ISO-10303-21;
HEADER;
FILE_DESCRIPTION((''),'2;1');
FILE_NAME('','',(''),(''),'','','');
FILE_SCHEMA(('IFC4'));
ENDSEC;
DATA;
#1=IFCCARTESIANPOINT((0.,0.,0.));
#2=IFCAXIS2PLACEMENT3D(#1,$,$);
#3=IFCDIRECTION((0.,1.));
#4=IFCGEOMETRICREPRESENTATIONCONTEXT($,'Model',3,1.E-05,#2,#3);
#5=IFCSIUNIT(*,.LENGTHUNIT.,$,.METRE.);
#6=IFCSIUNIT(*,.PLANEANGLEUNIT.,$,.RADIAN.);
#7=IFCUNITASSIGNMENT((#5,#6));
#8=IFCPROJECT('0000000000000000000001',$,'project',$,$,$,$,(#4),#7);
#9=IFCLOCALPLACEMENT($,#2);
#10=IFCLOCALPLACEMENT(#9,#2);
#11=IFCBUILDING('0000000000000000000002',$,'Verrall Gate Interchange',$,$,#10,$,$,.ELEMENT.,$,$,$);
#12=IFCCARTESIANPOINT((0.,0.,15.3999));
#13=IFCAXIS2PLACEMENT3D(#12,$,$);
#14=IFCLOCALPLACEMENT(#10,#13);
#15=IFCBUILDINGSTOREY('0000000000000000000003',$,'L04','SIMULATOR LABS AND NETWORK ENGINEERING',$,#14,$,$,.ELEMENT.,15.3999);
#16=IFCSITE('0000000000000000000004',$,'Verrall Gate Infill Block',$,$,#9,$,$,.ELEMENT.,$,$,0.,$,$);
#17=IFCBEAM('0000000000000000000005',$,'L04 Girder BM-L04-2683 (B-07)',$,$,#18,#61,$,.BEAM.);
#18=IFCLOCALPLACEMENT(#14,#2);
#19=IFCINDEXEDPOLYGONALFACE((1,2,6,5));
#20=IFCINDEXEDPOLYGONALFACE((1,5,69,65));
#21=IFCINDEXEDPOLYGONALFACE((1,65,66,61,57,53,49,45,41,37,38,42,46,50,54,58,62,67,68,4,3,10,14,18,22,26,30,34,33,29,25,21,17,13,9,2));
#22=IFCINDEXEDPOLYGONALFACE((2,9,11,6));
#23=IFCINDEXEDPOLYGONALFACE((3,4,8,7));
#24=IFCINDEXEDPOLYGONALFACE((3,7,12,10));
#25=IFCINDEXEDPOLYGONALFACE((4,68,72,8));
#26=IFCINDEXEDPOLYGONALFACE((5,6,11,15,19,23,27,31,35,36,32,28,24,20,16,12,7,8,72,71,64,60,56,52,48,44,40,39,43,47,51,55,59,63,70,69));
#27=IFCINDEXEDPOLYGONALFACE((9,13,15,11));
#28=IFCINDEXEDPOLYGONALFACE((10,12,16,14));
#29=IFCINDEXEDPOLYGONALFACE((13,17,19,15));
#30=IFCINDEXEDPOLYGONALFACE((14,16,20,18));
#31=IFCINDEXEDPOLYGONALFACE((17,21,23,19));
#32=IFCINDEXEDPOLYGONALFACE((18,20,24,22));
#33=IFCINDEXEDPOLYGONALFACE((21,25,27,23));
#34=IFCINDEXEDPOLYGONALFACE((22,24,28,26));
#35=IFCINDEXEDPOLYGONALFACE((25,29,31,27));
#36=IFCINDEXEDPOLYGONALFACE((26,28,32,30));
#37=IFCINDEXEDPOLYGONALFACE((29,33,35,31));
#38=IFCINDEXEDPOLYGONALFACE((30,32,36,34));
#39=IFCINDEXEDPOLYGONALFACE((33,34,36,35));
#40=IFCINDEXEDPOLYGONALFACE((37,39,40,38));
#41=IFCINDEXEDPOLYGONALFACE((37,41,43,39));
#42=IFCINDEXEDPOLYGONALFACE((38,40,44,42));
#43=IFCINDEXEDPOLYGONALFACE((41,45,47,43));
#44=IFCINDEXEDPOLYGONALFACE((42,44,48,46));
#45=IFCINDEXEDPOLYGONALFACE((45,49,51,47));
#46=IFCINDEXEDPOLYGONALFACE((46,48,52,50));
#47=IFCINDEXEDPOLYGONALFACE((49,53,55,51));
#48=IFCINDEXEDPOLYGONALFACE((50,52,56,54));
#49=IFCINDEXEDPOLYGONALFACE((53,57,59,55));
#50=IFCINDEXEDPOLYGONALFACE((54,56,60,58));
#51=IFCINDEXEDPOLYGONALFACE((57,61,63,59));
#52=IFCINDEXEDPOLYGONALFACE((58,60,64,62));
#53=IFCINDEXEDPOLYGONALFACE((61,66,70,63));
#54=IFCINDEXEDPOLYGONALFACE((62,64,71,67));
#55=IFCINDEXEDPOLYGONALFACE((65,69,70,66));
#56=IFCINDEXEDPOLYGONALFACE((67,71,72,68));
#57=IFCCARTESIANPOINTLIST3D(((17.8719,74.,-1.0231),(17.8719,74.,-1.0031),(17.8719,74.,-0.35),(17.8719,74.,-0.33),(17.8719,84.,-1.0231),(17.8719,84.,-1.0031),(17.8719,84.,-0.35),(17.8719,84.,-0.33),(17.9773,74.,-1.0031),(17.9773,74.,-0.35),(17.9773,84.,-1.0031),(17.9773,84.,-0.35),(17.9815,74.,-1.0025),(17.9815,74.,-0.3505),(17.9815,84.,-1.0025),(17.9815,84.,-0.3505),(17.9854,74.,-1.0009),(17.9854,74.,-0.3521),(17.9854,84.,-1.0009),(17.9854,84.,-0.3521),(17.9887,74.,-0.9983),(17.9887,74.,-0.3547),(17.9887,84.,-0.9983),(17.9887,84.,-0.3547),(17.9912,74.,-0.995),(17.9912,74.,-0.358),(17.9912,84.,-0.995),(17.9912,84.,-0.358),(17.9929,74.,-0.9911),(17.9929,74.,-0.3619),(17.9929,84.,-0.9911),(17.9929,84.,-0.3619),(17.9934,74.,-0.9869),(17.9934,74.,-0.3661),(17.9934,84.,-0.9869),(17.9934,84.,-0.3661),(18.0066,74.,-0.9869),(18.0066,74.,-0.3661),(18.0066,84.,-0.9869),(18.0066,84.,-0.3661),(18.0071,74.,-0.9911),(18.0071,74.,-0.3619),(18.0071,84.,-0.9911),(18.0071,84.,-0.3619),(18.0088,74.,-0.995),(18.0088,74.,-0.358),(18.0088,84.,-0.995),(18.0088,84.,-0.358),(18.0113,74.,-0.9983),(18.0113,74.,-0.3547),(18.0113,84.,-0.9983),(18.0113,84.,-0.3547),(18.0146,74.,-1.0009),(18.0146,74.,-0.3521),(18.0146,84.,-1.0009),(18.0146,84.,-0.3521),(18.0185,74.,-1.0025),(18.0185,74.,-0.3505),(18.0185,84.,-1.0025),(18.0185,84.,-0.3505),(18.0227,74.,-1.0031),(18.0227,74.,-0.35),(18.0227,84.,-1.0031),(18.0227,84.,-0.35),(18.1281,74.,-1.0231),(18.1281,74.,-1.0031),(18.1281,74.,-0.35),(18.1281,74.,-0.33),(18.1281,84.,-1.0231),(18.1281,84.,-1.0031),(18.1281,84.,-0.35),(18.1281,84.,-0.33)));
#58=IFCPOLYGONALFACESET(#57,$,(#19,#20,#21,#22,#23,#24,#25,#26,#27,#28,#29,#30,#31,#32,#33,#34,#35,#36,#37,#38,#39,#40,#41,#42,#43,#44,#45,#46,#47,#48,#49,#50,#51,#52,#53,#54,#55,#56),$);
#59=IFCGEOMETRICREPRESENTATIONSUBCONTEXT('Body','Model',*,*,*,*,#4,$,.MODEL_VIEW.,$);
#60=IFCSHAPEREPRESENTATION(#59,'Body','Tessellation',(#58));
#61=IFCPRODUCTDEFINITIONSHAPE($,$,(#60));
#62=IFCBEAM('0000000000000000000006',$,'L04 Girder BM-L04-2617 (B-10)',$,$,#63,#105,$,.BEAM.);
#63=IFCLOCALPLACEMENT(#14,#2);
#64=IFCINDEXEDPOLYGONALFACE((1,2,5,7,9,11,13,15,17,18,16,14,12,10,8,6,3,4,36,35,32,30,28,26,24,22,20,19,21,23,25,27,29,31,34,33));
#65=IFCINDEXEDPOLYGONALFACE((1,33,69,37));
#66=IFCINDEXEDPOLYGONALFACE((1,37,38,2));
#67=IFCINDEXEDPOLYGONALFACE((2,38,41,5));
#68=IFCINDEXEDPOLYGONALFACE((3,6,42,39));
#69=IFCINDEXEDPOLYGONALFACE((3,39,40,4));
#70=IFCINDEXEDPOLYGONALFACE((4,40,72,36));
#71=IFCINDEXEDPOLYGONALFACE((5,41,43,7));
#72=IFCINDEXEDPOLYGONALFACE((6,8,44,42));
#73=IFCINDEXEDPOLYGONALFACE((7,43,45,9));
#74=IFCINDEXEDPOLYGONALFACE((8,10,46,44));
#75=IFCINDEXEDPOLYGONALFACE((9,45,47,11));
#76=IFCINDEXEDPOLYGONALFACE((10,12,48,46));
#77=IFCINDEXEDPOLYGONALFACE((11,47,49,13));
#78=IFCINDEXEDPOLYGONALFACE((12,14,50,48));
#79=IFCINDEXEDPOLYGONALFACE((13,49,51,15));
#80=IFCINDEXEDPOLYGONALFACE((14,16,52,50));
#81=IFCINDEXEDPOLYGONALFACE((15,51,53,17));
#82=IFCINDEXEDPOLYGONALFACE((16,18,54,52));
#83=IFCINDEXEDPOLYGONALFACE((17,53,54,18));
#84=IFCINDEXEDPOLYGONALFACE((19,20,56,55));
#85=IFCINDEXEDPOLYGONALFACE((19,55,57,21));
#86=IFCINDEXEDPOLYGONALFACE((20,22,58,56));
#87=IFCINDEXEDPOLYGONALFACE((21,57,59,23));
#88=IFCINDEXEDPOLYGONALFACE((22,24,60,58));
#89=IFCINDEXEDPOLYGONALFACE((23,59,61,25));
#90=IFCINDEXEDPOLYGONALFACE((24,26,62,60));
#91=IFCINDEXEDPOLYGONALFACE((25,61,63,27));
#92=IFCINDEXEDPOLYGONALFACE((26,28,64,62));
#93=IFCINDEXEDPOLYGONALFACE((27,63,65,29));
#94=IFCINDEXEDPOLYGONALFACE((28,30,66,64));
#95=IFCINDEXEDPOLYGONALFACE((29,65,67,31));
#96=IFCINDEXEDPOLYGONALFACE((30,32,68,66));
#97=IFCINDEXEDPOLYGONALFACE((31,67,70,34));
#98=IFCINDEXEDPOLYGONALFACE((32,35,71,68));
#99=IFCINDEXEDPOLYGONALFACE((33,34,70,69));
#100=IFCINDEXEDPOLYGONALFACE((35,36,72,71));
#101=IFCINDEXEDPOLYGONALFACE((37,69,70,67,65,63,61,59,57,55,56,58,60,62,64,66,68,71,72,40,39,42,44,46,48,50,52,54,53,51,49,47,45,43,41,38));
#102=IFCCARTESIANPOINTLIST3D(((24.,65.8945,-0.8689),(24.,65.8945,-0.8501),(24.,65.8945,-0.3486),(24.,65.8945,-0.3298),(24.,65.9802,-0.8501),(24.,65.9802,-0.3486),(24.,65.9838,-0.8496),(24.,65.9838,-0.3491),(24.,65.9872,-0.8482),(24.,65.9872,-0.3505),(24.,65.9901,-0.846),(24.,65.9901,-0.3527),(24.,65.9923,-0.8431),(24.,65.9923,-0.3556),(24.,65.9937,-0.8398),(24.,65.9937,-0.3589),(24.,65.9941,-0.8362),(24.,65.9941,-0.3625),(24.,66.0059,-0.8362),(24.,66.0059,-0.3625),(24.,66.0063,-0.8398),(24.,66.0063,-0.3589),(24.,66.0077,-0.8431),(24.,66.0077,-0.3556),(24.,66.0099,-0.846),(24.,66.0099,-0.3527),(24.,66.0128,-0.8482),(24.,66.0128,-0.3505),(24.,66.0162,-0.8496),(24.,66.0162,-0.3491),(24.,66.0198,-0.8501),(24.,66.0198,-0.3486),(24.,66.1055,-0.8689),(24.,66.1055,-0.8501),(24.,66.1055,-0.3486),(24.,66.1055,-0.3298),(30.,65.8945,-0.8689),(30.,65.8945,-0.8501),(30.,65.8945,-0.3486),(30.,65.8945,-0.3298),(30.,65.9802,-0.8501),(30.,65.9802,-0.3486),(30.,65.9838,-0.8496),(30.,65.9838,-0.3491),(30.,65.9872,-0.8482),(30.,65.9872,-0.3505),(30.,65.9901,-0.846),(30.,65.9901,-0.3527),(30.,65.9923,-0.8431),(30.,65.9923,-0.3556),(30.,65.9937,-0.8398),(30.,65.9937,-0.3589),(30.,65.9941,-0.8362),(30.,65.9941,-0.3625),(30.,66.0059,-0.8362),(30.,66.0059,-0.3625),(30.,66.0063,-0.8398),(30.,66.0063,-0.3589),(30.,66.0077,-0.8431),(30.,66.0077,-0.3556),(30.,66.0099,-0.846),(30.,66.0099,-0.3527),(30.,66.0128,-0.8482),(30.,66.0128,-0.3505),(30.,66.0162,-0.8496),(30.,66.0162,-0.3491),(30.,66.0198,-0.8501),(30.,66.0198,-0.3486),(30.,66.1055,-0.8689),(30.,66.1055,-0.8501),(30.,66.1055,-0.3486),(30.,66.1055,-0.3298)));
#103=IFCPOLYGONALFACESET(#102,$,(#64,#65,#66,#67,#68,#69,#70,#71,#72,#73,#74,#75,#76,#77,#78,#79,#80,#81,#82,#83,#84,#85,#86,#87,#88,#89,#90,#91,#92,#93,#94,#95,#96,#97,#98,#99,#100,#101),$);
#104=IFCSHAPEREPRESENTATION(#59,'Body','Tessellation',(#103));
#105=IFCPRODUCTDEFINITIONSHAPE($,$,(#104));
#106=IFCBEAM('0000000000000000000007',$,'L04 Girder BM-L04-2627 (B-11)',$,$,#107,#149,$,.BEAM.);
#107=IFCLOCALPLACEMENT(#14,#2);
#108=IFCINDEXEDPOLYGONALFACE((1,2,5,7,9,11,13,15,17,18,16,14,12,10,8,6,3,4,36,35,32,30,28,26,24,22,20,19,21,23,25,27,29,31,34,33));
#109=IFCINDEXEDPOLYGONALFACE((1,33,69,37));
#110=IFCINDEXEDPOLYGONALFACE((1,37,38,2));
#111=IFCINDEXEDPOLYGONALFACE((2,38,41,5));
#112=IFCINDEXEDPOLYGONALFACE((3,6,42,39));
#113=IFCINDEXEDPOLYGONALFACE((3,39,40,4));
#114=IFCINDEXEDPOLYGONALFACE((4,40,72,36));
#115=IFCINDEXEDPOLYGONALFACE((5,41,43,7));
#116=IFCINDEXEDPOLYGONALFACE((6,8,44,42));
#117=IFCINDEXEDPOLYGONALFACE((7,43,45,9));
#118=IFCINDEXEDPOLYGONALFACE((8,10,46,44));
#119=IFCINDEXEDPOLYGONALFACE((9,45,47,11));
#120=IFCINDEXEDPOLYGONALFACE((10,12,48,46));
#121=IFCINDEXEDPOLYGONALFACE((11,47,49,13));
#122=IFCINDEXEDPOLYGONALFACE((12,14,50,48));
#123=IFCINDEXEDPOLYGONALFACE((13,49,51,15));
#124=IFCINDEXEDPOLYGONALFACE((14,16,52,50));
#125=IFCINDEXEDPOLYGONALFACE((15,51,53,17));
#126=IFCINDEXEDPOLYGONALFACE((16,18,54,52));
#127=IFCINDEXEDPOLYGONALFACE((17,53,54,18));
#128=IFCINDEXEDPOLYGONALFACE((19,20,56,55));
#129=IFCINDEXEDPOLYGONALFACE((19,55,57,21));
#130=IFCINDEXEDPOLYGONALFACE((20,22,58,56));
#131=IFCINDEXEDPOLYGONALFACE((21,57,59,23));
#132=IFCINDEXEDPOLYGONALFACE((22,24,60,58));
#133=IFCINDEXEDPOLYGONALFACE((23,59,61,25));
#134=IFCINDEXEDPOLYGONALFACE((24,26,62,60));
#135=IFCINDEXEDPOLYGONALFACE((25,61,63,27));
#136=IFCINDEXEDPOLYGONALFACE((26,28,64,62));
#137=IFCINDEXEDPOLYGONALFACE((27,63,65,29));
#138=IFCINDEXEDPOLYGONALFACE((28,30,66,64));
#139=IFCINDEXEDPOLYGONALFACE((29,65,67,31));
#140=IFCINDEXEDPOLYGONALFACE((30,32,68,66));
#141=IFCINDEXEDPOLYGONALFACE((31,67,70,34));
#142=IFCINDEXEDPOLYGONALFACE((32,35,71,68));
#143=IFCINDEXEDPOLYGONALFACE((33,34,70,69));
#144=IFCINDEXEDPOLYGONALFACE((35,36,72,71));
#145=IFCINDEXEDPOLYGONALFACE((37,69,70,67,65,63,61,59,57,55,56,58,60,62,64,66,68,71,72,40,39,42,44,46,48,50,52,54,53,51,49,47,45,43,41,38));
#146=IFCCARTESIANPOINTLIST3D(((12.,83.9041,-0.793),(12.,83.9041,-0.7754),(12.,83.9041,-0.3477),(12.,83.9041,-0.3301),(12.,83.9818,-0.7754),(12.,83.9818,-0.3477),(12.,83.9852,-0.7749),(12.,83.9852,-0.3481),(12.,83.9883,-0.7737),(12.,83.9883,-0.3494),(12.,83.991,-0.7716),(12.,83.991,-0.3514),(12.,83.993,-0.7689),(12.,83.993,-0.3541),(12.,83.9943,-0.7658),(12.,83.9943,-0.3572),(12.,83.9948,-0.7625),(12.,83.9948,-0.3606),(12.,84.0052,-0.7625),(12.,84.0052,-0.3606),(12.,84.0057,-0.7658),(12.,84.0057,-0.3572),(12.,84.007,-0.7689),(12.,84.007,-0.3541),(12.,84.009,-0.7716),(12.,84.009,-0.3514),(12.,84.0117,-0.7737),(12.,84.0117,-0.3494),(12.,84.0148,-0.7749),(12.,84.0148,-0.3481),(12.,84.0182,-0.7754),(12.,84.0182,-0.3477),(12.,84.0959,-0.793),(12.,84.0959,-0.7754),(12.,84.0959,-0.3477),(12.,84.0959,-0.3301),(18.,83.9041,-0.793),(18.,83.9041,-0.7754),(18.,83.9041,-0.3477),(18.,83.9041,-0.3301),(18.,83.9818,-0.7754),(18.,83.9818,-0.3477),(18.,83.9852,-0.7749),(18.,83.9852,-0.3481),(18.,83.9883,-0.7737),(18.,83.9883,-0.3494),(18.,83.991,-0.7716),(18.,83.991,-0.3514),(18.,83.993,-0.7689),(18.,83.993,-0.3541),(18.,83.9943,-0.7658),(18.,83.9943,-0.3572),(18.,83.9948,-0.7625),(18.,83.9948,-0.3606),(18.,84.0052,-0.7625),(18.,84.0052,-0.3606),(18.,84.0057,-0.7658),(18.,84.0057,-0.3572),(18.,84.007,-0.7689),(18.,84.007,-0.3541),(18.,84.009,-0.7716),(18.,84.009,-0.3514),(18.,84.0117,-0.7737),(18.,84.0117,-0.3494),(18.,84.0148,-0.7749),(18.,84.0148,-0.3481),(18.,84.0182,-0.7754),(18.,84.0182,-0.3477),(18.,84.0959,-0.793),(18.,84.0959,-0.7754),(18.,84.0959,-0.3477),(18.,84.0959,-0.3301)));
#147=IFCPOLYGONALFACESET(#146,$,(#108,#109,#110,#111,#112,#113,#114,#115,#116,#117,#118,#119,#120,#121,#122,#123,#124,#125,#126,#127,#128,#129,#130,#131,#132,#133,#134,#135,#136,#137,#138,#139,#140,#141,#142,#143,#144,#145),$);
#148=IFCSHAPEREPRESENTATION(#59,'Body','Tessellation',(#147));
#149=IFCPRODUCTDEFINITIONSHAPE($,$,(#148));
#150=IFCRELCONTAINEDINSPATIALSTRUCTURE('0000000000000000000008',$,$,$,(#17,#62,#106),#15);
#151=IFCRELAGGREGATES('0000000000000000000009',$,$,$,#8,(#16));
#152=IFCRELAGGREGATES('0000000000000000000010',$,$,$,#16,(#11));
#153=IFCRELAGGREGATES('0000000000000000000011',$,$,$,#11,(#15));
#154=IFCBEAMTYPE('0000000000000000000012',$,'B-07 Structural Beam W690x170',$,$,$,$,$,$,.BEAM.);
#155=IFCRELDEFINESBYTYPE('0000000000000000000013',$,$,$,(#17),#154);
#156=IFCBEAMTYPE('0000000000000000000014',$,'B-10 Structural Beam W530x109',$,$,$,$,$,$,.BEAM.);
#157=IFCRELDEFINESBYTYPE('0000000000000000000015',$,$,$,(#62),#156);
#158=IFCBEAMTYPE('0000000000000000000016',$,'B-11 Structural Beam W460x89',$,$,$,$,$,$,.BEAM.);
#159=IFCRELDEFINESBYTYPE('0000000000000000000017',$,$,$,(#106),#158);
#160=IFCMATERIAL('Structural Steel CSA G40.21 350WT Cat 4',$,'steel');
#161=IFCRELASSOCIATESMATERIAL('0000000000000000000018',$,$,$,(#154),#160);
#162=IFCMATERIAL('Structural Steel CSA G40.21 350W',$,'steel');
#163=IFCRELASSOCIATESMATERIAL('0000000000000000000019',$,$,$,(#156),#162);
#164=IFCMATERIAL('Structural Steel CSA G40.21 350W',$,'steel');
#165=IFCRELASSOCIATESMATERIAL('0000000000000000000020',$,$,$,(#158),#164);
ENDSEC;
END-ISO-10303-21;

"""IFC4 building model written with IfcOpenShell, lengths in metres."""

from ifc_helpers import new_model, si_unit, direction, frame, origin, origin_2d, place, context, subcontext, project, spatial, i_section, extrude, material, material_profile, profile_set, type_object, element, save


model = new_model("IFC4")

# Units and contexts
model_context = context("Model", 3, precision=1e-05, world=origin(), true_north=direction((0.0, 1.0)))
body_context = subcontext(model_context, "Body", "Model", "MODEL_VIEW")
ifc_project = project(units=[si_unit("LENGTHUNIT", "METRE"), si_unit("PLANEANGLEUNIT", "RADIAN")], contexts=[model_context])

# Site, building, storey
site_placement = place(None, origin())
site = spatial("IfcSite", under=ifc_project, at=site_placement, Name="Verrall Gate Infill Block", CompositionType="ELEMENT", RefElevation=0.0)
building_placement = place(site_placement, origin())
building = spatial("IfcBuilding", under=site, at=building_placement, Name="Verrall Gate Interchange", CompositionType="ELEMENT")
storey_placement = place(building_placement, frame((0.0, 0.0, 15.3999)))
storey = spatial("IfcBuildingStorey", under=building, at=storey_placement, Name="L04", Description="SIMULATOR LABS AND NETWORK ENGINEERING", CompositionType="ELEMENT", Elevation=15.3999)

# Beams
ifc_material_1 = material(Name="Structural Steel CSA G40.21 350WT Cat 4", Category="steel")
ifc_material_profile_1 = material_profile(ifc_material_1, i_section(OverallWidth=0.2561, OverallDepth=0.6931, WebThickness=0.0132, FlangeThickness=0.02, FilletRadius=0.0161, at=origin_2d()), Name="W690x170")
ifc_profile_set_1 = profile_set([ifc_material_profile_1], Name="Structural Steel CSA G40.21 350WT Cat 4")
beam_type_1 = type_object("IfcBeamType", Name="B-07 Structural Beam W690x170", PredefinedType="BEAM", material=ifc_profile_set_1)
beam_1_placement = place(storey_placement, frame((18.0, 74.0, -0.6765), z_axis=(0.0, 1.0, 0.0), x_axis=(-1.0, 0.0, 0.0)))
element("IfcBeam", 1, at=beam_1_placement, inside=storey, type_object=beam_type_1, Name="L04 Girder BM-L04-2683 (B-07)", PredefinedType="BEAM", context=body_context, shape_type="SweptSolid", body=[
    extrude(i_section(OverallWidth=0.2561, OverallDepth=0.6931, WebThickness=0.0132, FlangeThickness=0.02, FilletRadius=0.0161, at=origin_2d()), origin(), (0.0, 0.0, 1.0), 10.0),
])
ifc_material_2 = material(Name="Structural Steel CSA G40.21 350W", Category="steel")
ifc_material_profile_2 = material_profile(ifc_material_2, i_section(OverallWidth=0.2109, OverallDepth=0.5391, WebThickness=0.0117, FlangeThickness=0.0188, FilletRadius=0.0139, at=origin_2d()), Name="W530x109")
ifc_profile_set_2 = profile_set([ifc_material_profile_2], Name="Structural Steel CSA G40.21 350W")
beam_type_2 = type_object("IfcBeamType", Name="B-10 Structural Beam W530x109", PredefinedType="BEAM", material=ifc_profile_set_2)
beam_2_placement = place(storey_placement, frame((24.0, 66.0, -0.5994), z_axis=(1.0, 0.0, 0.0), x_axis=(0.0, 1.0, 0.0)))
element("IfcBeam", 2, at=beam_2_placement, inside=storey, type_object=beam_type_2, Name="L04 Girder BM-L04-2617 (B-10)", PredefinedType="BEAM", context=body_context, shape_type="SweptSolid", body=[
    extrude(i_section(OverallWidth=0.2109, OverallDepth=0.5391, WebThickness=0.0117, FlangeThickness=0.0188, FilletRadius=0.0139, at=origin_2d()), origin(), (0.0, 0.0, 1.0), 6.0),
])
ifc_material_3 = material(Name="Structural Steel CSA G40.21 350W", Category="steel")
ifc_material_profile_3 = material_profile(ifc_material_3, i_section(OverallWidth=0.1919, OverallDepth=0.4629, WebThickness=0.0105, FlangeThickness=0.0176, FilletRadius=0.0129, at=origin_2d()), Name="W460x89")
ifc_profile_set_3 = profile_set([ifc_material_profile_3], Name="Structural Steel CSA G40.21 350W")
beam_type_3 = type_object("IfcBeamType", Name="B-11 Structural Beam W460x89", PredefinedType="BEAM", material=ifc_profile_set_3)
beam_3_placement = place(storey_placement, frame((12.0, 84.0, -0.5615), z_axis=(1.0, 0.0, 0.0), x_axis=(0.0, 1.0, 0.0)))
element("IfcBeam", 3, at=beam_3_placement, inside=storey, type_object=beam_type_3, Name="L04 Girder BM-L04-2627 (B-11)", PredefinedType="BEAM", context=body_context, shape_type="SweptSolid", body=[
    extrude(i_section(OverallWidth=0.1919, OverallDepth=0.4629, WebThickness=0.0105, FlangeThickness=0.0176, FilletRadius=0.0129, at=origin_2d()), origin(), (0.0, 0.0, 1.0), 6.0),
])

save(model, "model.ifc")
